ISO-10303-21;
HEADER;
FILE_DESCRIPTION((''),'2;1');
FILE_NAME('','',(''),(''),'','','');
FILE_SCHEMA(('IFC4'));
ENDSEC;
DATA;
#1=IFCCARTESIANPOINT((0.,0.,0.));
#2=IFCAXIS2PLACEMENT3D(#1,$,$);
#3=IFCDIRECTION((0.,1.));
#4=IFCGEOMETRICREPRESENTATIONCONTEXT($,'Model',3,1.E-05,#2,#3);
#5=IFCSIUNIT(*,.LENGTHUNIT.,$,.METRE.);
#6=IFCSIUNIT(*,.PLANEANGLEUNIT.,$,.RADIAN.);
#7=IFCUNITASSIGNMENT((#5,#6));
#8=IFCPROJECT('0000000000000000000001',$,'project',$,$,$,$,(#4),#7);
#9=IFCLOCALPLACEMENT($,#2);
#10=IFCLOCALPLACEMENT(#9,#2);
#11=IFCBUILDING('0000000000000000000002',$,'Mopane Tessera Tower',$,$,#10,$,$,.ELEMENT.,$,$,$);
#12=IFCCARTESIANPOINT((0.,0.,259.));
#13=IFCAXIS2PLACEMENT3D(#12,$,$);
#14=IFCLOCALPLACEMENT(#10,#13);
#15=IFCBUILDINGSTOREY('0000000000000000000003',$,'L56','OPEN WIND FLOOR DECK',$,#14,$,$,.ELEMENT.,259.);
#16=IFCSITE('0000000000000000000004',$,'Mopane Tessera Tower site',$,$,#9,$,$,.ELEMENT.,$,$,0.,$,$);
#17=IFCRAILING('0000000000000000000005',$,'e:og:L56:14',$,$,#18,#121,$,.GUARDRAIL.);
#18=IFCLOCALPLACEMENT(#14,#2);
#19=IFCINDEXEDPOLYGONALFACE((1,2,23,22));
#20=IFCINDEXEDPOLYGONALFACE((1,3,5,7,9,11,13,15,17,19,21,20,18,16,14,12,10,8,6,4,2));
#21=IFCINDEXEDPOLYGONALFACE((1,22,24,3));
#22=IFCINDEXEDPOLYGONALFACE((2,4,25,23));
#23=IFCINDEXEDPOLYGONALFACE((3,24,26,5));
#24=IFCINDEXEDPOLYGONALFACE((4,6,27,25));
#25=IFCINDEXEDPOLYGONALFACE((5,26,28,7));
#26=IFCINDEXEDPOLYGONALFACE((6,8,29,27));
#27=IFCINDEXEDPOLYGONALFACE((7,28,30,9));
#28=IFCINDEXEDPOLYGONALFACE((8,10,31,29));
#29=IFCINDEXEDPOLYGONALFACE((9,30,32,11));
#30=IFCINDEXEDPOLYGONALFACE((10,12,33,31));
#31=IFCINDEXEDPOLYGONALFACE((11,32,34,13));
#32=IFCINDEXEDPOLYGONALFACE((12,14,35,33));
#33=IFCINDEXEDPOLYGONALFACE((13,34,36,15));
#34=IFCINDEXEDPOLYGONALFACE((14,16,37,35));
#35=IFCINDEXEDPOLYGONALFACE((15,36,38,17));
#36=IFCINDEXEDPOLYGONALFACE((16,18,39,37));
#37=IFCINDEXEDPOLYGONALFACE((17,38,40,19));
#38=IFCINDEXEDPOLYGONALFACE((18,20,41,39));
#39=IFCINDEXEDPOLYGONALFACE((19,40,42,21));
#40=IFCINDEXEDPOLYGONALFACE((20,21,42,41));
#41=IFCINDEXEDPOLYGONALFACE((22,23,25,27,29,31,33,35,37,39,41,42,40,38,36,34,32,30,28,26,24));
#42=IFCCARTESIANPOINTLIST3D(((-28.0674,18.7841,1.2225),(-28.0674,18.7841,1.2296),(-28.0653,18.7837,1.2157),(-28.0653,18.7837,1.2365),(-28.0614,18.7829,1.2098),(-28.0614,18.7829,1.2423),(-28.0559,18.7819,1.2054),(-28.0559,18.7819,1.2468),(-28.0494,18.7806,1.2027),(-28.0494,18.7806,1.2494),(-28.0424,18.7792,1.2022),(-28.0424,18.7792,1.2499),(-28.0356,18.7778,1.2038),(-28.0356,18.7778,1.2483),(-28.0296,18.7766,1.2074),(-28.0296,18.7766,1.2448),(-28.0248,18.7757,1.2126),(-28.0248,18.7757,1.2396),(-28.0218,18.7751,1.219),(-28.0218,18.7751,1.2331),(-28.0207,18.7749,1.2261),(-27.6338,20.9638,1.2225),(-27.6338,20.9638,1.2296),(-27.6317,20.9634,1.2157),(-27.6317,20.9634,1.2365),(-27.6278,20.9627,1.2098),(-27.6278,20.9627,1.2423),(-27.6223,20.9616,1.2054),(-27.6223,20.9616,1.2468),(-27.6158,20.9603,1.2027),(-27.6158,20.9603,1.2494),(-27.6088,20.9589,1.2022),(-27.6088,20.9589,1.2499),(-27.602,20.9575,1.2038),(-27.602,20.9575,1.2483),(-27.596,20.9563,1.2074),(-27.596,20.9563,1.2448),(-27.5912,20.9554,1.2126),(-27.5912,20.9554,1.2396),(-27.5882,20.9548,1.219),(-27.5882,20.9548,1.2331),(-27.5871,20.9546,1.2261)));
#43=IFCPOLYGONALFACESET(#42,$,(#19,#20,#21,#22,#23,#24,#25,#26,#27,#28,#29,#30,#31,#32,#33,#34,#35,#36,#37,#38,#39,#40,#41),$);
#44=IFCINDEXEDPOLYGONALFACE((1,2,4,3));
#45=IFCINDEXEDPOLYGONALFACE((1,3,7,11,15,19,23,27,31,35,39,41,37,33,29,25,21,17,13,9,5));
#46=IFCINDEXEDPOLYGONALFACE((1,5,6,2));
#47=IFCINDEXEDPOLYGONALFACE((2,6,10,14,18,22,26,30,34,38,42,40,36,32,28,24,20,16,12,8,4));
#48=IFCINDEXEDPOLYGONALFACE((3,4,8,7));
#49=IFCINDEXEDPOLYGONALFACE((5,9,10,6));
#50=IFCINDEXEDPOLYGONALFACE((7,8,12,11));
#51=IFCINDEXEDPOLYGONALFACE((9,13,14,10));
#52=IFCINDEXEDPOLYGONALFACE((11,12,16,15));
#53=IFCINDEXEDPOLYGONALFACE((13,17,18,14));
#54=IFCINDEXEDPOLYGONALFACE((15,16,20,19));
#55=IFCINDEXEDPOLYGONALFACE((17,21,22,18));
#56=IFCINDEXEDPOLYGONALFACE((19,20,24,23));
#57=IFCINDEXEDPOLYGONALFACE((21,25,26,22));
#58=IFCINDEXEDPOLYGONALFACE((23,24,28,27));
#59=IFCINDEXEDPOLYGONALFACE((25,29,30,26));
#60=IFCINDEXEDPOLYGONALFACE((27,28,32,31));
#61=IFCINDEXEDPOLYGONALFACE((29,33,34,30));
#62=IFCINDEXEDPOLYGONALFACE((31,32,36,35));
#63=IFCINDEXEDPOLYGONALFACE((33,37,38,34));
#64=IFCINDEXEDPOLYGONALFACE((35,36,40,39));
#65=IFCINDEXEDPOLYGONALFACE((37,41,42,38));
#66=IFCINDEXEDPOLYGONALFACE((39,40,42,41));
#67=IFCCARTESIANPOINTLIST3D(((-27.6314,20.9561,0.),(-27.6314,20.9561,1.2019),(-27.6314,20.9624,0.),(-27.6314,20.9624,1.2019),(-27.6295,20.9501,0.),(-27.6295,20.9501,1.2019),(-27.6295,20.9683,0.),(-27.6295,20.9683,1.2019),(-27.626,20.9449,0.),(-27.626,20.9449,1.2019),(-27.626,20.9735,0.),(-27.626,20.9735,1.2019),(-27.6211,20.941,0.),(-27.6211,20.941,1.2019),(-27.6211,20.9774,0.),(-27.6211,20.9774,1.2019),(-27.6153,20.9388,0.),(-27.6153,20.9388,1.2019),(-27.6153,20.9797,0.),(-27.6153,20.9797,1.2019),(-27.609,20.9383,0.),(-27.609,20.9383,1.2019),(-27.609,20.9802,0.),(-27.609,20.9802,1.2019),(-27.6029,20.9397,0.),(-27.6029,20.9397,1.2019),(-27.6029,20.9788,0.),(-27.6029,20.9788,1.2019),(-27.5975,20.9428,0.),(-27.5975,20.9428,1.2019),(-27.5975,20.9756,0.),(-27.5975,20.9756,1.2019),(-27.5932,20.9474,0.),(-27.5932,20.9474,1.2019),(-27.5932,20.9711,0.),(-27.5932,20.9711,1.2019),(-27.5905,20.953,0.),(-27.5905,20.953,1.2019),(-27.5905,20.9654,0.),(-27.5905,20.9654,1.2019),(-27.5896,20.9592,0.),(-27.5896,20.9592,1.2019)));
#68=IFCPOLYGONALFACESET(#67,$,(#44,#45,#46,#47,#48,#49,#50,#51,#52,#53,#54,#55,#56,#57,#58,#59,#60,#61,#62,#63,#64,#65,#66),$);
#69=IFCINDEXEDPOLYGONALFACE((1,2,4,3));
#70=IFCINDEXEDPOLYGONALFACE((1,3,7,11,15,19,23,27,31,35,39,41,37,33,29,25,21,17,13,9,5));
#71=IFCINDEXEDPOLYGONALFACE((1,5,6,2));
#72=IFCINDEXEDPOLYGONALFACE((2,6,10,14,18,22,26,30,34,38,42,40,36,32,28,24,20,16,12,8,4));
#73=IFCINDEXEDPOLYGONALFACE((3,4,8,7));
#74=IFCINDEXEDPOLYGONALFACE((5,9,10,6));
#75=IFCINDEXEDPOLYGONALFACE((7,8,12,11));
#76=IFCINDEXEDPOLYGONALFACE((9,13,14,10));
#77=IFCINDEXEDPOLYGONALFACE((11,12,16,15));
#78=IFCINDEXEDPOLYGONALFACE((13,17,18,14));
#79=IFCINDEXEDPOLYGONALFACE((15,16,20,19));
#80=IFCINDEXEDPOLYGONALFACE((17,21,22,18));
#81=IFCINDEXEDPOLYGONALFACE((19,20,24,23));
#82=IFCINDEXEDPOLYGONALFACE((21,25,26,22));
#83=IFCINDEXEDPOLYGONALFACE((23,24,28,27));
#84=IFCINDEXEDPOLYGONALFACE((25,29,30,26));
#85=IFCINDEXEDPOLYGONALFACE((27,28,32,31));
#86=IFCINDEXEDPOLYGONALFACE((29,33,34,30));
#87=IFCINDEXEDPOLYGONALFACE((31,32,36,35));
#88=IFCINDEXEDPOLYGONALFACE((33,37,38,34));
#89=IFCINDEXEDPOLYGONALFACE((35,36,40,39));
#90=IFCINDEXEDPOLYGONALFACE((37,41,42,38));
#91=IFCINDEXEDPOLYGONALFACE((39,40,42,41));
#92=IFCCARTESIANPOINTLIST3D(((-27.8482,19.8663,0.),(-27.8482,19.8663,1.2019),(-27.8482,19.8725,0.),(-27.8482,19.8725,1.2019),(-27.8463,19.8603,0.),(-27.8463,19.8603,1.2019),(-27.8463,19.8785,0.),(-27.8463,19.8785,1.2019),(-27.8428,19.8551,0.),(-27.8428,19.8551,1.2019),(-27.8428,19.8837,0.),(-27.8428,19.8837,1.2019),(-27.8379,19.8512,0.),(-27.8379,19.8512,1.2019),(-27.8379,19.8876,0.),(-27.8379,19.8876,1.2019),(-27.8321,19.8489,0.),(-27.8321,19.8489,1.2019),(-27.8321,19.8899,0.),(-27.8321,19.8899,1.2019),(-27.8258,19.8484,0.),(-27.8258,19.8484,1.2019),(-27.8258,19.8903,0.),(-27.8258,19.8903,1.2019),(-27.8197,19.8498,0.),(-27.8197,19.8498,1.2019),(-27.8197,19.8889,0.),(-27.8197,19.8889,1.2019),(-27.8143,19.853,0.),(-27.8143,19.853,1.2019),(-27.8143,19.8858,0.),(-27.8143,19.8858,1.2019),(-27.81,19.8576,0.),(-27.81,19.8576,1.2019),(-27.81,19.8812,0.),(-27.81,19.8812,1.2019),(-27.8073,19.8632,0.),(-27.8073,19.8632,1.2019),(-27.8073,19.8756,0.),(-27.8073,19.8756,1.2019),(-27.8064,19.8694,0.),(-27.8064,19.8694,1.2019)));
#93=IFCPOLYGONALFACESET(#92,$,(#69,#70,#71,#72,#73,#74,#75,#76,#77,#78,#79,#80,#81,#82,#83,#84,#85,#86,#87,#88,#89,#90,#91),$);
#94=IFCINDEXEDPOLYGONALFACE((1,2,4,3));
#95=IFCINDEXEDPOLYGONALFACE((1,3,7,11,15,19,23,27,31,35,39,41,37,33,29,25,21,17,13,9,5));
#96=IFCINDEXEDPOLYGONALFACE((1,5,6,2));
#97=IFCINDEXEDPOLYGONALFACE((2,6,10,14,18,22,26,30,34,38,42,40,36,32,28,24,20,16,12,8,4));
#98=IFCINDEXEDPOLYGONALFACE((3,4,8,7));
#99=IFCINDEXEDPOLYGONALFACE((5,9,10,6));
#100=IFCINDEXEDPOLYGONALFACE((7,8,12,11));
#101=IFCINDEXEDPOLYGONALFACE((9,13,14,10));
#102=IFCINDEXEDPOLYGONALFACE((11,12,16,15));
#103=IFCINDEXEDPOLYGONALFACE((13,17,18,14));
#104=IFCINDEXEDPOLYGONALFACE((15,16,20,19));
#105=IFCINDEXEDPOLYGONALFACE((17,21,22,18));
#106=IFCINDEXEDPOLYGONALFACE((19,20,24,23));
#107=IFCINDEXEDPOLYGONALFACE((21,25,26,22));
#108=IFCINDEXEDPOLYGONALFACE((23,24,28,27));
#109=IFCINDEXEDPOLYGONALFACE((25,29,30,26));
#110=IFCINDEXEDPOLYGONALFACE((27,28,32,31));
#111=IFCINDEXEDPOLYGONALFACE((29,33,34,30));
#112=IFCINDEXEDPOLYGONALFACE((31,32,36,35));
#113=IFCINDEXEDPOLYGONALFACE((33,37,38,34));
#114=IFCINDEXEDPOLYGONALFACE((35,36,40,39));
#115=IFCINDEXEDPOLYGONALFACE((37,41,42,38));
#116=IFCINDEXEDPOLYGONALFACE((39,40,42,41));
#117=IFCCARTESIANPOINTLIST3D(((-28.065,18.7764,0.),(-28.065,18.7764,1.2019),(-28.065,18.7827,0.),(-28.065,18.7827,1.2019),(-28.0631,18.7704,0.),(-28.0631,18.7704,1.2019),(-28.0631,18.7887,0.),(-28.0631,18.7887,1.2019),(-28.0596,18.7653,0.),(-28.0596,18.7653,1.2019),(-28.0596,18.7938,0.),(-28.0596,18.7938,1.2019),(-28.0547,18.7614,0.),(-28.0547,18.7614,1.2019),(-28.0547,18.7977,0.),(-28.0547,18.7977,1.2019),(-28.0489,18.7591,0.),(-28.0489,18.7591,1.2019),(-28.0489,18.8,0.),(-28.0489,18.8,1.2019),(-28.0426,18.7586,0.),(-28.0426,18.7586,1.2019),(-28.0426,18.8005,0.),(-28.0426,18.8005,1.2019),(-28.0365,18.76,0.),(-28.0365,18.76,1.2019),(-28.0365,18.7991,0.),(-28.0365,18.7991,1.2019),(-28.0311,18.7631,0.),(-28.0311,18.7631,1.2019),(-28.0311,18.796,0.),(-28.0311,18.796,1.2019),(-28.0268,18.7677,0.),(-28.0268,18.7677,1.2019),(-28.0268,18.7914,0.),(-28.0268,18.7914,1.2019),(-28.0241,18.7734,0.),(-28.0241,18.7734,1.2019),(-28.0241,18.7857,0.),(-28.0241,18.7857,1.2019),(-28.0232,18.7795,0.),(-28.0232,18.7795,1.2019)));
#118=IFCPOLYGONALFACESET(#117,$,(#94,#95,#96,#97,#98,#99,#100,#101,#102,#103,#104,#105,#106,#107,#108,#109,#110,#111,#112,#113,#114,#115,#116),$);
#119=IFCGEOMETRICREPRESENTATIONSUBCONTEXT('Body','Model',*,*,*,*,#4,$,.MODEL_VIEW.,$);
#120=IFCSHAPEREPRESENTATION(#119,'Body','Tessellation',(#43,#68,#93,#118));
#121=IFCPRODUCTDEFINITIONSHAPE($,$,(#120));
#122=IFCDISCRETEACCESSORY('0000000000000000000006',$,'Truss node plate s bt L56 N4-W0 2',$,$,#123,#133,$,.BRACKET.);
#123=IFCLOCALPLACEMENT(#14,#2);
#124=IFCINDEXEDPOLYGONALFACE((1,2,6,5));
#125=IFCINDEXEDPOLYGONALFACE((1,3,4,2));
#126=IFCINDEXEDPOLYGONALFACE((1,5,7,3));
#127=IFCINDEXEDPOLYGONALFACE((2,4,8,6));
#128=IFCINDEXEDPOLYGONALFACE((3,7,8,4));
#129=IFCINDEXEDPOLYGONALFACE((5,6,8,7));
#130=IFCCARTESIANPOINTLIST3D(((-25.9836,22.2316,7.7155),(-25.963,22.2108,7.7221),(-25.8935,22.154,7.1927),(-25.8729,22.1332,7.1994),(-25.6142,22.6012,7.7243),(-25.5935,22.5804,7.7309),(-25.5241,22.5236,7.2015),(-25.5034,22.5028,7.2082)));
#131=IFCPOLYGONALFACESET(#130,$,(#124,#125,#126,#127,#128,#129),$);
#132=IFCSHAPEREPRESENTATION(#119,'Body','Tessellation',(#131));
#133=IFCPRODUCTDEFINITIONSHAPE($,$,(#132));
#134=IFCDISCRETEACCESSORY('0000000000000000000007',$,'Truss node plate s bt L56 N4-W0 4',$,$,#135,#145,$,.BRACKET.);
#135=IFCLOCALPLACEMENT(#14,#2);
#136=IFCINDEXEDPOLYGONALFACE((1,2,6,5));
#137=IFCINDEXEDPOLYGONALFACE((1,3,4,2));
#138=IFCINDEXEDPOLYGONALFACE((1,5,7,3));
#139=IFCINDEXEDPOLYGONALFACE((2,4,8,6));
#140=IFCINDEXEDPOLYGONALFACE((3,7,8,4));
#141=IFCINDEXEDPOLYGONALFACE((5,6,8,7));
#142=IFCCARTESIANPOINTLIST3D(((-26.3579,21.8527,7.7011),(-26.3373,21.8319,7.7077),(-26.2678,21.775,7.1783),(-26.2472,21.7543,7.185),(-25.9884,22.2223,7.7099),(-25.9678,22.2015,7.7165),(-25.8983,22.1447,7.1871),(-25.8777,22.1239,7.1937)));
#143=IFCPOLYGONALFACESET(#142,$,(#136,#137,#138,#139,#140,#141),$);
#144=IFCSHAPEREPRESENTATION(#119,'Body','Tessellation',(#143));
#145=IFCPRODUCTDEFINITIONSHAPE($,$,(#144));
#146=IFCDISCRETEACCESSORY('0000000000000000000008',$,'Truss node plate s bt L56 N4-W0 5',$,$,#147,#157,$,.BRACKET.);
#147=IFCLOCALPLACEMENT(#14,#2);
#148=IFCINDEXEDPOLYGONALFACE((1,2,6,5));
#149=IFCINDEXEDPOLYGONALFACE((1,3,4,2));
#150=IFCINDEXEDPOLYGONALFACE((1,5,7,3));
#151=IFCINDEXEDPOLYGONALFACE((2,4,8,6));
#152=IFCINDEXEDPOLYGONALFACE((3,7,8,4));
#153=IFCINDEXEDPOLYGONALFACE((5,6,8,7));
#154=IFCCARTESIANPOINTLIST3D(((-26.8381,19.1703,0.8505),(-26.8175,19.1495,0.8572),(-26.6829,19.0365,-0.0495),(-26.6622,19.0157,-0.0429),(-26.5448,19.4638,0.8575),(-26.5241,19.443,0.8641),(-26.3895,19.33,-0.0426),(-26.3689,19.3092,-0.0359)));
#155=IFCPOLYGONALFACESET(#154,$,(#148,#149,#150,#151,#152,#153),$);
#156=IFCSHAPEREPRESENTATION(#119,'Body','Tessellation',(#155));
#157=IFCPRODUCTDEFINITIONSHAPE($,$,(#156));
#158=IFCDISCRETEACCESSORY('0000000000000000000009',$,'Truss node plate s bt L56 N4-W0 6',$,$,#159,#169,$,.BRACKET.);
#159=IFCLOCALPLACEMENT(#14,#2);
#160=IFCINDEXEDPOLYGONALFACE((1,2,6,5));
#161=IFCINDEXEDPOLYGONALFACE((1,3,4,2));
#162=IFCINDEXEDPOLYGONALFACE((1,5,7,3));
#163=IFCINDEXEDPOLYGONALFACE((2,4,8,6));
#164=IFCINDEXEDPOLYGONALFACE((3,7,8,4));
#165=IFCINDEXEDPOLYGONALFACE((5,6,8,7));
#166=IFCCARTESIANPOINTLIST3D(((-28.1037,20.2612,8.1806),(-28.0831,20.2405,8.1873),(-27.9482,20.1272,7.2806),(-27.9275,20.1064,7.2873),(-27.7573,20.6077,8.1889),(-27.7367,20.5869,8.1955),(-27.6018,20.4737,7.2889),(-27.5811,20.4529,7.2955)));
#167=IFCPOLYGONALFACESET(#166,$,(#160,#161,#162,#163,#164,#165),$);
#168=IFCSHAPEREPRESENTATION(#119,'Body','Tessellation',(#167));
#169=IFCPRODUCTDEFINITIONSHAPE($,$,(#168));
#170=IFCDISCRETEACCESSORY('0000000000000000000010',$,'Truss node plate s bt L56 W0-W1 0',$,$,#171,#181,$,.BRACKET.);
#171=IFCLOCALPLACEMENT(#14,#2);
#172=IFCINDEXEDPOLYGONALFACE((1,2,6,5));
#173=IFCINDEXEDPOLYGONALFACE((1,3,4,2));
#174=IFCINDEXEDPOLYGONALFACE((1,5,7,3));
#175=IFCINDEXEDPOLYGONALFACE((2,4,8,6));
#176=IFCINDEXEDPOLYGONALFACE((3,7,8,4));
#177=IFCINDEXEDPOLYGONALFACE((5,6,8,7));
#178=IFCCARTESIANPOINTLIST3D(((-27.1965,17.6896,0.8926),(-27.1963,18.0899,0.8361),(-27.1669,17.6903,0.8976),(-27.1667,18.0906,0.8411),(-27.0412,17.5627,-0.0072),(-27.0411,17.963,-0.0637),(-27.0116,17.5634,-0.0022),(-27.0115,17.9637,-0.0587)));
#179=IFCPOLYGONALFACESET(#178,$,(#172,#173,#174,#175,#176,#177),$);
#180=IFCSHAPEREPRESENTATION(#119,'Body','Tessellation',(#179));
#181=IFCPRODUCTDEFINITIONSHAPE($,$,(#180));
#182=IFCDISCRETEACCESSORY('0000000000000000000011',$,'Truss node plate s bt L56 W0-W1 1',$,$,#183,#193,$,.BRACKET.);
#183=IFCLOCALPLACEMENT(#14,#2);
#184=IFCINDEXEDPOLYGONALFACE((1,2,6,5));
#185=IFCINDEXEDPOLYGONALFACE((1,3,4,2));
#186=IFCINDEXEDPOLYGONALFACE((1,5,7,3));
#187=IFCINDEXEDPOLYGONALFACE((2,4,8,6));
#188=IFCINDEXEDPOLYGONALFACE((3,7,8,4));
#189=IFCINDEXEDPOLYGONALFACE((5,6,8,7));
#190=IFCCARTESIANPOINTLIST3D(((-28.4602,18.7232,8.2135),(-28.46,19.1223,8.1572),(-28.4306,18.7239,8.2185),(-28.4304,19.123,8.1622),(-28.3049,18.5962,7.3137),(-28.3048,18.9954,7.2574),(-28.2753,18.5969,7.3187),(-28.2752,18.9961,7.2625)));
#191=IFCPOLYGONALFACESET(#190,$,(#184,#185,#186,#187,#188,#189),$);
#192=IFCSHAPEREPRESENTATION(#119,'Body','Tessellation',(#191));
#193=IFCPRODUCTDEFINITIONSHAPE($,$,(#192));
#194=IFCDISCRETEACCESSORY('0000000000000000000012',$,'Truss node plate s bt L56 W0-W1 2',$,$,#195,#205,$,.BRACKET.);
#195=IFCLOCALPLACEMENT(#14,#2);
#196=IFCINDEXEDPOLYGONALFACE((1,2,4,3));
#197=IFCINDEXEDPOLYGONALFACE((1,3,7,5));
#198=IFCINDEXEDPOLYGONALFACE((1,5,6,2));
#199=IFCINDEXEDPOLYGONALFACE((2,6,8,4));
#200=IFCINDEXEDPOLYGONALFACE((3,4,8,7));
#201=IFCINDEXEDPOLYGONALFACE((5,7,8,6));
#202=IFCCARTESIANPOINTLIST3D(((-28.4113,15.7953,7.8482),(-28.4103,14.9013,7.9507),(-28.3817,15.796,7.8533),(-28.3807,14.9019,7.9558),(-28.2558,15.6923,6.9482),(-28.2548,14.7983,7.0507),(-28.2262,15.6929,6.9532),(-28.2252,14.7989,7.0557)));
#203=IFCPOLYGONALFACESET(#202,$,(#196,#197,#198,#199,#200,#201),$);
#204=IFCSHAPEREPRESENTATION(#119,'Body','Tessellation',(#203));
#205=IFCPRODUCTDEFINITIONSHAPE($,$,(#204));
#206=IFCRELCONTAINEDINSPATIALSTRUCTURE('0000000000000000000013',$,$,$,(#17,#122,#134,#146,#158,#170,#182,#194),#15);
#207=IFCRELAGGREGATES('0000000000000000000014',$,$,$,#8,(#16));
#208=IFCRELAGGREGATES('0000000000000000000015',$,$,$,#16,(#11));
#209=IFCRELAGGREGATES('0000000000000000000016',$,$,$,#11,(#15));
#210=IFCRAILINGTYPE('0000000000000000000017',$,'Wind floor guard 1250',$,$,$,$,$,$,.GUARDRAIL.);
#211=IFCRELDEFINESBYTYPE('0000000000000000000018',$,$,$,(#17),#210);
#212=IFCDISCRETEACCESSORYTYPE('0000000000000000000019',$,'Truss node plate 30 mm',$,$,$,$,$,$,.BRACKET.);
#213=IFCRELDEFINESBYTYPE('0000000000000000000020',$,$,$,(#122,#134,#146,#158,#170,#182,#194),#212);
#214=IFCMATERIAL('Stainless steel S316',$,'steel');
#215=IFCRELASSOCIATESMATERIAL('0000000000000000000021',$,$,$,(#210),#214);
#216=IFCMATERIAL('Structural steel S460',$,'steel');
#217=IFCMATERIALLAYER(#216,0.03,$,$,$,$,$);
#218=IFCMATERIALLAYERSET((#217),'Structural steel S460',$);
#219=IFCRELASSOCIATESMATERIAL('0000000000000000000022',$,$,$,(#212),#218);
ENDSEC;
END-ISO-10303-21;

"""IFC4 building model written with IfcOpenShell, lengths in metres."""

from ifc_helpers import new_model, si_unit, direction, frame, origin, origin_2d, place, context, subcontext, project, spatial, rectangle, circle, extrude, material, layer, layer_set, type_object, element, save


model = new_model("IFC4")

# Units and contexts
model_context = context("Model", 3, precision=1e-05, world=origin(), true_north=direction((0.0, 1.0)))
body_context = subcontext(model_context, "Body", "Model", "MODEL_VIEW")
ifc_project = project(units=[si_unit("LENGTHUNIT", "METRE"), si_unit("PLANEANGLEUNIT", "RADIAN")], contexts=[model_context])

# Site, building, storey
site_placement = place(None, origin())
site = spatial("IfcSite", under=ifc_project, at=site_placement, Name="Mopane Tessera Tower site", CompositionType="ELEMENT", RefElevation=0.0)
building_placement = place(site_placement, origin())
building = spatial("IfcBuilding", under=site, at=building_placement, Name="Mopane Tessera Tower", CompositionType="ELEMENT")
storey_placement = place(building_placement, frame((0.0, 0.0, 259.0)))
storey = spatial("IfcBuildingStorey", under=building, at=storey_placement, Name="L56", Description="OPEN WIND FLOOR DECK", CompositionType="ELEMENT", Elevation=259.0)

# Railing
ifc_material_1 = material(Name="Stainless steel S316", Category="steel")
railing_type = type_object("IfcRailingType", Name="Wind floor guard 1250", PredefinedType="GUARDRAIL", material=ifc_material_1)
railing_1_placement = place(storey_placement, frame((-27.6106, 20.9592, 0.0)))
element("IfcRailing", 1, at=railing_1_placement, inside=storey, type_object=railing_type, Name="e:og:L56:14", PredefinedType="GUARDRAIL", context=body_context, shape_type="SweptSolid", body=[
    extrude(circle(Radius=0.0239, at=origin_2d()), frame((0.0, 0.0, 1.2261), z_axis=(-0.195102, -0.980783, 0.0), x_axis=(0.980783, -0.195102, 0.0)), (0.0, 0.0, 1.0), 2.2224),
    extrude(circle(Radius=0.021, at=origin_2d()), origin(), (0.0, 0.0, 1.0), 1.2019),
    extrude(circle(Radius=0.021, at=origin_2d()), frame((-0.2168, -1.0898, 0.0)), (0.0, 0.0, 1.0), 1.2019),
    extrude(circle(Radius=0.021, at=origin_2d()), frame((-0.4336, -2.1797, 0.0)), (0.0, 0.0, 1.0), 1.2019),
])

# Discrete accessories
ifc_material_2 = material(Name="Structural steel S460", Category="steel")
ifc_layer_1 = layer(ifc_material_2, 0.03)
ifc_layer_set_1 = layer_set([ifc_layer_1], Name="Structural steel S460")
discrete_accessory_type = type_object("IfcDiscreteAccessoryType", Name="Truss node plate 30 mm", PredefinedType="BRACKET", material=ifc_layer_set_1)
for number, where, z_axis, x_axis, name in (
    (2, (-25.6985, 22.3284, 7.2004), (-0.168055, 0.144828, 0.975081), (0.687074, -0.692094, 0.221213), "Truss node plate s bt L56 N4-W0 2"),
    (3, (-26.0728, 21.9495, 7.186), (-0.168055, 0.144828, 0.975081), (0.687074, -0.692094, 0.221213), "Truss node plate s bt L56 N4-W0 4"),
):
    element("IfcDiscreteAccessory", number, at=place(storey_placement, frame(where, z_axis=z_axis, x_axis=x_axis)), inside=storey, type_object=discrete_accessory_type, Name=name, PredefinedType="BRACKET", context=body_context, shape_type="SweptSolid", body=[
        extrude(rectangle(XDim=0.03, YDim=0.5227, at=origin_2d()), origin(), (0.0, 0.0, 1.0), 0.5361),
    ])
discrete_accessory_1_placement = place(storey_placement, frame((-26.5259, 19.1729, -0.0427), z_axis=(-0.168193, 0.144921, 0.975043), x_axis=(0.687106, -0.692009, 0.221378)))
element("IfcDiscreteAccessory", 4, at=discrete_accessory_1_placement, inside=storey, type_object=discrete_accessory_type, Name="Truss node plate s bt L56 N4-W0 5", PredefinedType="BRACKET", context=body_context, shape_type="SweptSolid", body=[
    extrude(rectangle(XDim=0.03, YDim=0.415, at=origin_2d()), origin(), (0.0, 0.0, 1.0), 0.9231),
])
discrete_accessory_2_placement = place(storey_placement, frame((-27.7646, 20.29, 7.2881), z_axis=(-0.168487, 0.145211, 0.974949), x_axis=(0.686949, -0.692034, 0.221789)))
element("IfcDiscreteAccessory", 5, at=discrete_accessory_2_placement, inside=storey, type_object=discrete_accessory_type, Name="Truss node plate s bt L56 N4-W0 6", PredefinedType="BRACKET", context=body_context, shape_type="SweptSolid", body=[
    extrude(rectangle(XDim=0.03, YDim=0.49, at=origin_2d()), origin(), (0.0, 0.0, 1.0), 0.9231),
])
discrete_accessory_3_placement = place(storey_placement, frame((-27.0264, 17.7632, -0.033), z_axis=(-0.168413, 0.137696, 0.976052), x_axis=(0.985717, 0.023129, 0.166817)))
element("IfcDiscreteAccessory", 6, at=discrete_accessory_3_placement, inside=storey, type_object=discrete_accessory_type, Name="Truss node plate s bt L56 W0-W1 0", PredefinedType="BRACKET", context=body_context, shape_type="SweptSolid", body=[
    extrude(rectangle(XDim=0.03, YDim=0.4043, at=origin_2d()), origin(), (0.0, 0.0, 1.0), 0.9219),
])
discrete_accessory_4_placement = place(storey_placement, frame((-28.29, 18.7961, 7.2881), z_axis=(-0.168413, 0.137696, 0.976052), x_axis=(0.985717, 0.023145, 0.166815)))
element("IfcDiscreteAccessory", 7, at=discrete_accessory_4_placement, inside=storey, type_object=discrete_accessory_type, Name="Truss node plate s bt L56 W0-W1 1", PredefinedType="BRACKET", context=body_context, shape_type="SweptSolid", body=[
    extrude(rectangle(XDim=0.03, YDim=0.4031, at=origin_2d()), origin(), (0.0, 0.0, 1.0), 0.9219),
])
discrete_accessory_5_placement = place(storey_placement, frame((-28.2405, 15.2456, 7.002), z_axis=(-0.169174, 0.112075, 0.979193), x_axis=(0.985586, 0.02035, 0.16795)))
element("IfcDiscreteAccessory", 8, at=discrete_accessory_5_placement, inside=storey, type_object=discrete_accessory_type, Name="Truss node plate s bt L56 W0-W1 2", PredefinedType="BRACKET", context=body_context, shape_type="SweptSolid", body=[
    extrude(rectangle(XDim=0.03, YDim=0.8999, at=origin_2d()), origin(), (0.0, 0.0, 1.0), 0.9192),
])

save(model, "model.ifc")
